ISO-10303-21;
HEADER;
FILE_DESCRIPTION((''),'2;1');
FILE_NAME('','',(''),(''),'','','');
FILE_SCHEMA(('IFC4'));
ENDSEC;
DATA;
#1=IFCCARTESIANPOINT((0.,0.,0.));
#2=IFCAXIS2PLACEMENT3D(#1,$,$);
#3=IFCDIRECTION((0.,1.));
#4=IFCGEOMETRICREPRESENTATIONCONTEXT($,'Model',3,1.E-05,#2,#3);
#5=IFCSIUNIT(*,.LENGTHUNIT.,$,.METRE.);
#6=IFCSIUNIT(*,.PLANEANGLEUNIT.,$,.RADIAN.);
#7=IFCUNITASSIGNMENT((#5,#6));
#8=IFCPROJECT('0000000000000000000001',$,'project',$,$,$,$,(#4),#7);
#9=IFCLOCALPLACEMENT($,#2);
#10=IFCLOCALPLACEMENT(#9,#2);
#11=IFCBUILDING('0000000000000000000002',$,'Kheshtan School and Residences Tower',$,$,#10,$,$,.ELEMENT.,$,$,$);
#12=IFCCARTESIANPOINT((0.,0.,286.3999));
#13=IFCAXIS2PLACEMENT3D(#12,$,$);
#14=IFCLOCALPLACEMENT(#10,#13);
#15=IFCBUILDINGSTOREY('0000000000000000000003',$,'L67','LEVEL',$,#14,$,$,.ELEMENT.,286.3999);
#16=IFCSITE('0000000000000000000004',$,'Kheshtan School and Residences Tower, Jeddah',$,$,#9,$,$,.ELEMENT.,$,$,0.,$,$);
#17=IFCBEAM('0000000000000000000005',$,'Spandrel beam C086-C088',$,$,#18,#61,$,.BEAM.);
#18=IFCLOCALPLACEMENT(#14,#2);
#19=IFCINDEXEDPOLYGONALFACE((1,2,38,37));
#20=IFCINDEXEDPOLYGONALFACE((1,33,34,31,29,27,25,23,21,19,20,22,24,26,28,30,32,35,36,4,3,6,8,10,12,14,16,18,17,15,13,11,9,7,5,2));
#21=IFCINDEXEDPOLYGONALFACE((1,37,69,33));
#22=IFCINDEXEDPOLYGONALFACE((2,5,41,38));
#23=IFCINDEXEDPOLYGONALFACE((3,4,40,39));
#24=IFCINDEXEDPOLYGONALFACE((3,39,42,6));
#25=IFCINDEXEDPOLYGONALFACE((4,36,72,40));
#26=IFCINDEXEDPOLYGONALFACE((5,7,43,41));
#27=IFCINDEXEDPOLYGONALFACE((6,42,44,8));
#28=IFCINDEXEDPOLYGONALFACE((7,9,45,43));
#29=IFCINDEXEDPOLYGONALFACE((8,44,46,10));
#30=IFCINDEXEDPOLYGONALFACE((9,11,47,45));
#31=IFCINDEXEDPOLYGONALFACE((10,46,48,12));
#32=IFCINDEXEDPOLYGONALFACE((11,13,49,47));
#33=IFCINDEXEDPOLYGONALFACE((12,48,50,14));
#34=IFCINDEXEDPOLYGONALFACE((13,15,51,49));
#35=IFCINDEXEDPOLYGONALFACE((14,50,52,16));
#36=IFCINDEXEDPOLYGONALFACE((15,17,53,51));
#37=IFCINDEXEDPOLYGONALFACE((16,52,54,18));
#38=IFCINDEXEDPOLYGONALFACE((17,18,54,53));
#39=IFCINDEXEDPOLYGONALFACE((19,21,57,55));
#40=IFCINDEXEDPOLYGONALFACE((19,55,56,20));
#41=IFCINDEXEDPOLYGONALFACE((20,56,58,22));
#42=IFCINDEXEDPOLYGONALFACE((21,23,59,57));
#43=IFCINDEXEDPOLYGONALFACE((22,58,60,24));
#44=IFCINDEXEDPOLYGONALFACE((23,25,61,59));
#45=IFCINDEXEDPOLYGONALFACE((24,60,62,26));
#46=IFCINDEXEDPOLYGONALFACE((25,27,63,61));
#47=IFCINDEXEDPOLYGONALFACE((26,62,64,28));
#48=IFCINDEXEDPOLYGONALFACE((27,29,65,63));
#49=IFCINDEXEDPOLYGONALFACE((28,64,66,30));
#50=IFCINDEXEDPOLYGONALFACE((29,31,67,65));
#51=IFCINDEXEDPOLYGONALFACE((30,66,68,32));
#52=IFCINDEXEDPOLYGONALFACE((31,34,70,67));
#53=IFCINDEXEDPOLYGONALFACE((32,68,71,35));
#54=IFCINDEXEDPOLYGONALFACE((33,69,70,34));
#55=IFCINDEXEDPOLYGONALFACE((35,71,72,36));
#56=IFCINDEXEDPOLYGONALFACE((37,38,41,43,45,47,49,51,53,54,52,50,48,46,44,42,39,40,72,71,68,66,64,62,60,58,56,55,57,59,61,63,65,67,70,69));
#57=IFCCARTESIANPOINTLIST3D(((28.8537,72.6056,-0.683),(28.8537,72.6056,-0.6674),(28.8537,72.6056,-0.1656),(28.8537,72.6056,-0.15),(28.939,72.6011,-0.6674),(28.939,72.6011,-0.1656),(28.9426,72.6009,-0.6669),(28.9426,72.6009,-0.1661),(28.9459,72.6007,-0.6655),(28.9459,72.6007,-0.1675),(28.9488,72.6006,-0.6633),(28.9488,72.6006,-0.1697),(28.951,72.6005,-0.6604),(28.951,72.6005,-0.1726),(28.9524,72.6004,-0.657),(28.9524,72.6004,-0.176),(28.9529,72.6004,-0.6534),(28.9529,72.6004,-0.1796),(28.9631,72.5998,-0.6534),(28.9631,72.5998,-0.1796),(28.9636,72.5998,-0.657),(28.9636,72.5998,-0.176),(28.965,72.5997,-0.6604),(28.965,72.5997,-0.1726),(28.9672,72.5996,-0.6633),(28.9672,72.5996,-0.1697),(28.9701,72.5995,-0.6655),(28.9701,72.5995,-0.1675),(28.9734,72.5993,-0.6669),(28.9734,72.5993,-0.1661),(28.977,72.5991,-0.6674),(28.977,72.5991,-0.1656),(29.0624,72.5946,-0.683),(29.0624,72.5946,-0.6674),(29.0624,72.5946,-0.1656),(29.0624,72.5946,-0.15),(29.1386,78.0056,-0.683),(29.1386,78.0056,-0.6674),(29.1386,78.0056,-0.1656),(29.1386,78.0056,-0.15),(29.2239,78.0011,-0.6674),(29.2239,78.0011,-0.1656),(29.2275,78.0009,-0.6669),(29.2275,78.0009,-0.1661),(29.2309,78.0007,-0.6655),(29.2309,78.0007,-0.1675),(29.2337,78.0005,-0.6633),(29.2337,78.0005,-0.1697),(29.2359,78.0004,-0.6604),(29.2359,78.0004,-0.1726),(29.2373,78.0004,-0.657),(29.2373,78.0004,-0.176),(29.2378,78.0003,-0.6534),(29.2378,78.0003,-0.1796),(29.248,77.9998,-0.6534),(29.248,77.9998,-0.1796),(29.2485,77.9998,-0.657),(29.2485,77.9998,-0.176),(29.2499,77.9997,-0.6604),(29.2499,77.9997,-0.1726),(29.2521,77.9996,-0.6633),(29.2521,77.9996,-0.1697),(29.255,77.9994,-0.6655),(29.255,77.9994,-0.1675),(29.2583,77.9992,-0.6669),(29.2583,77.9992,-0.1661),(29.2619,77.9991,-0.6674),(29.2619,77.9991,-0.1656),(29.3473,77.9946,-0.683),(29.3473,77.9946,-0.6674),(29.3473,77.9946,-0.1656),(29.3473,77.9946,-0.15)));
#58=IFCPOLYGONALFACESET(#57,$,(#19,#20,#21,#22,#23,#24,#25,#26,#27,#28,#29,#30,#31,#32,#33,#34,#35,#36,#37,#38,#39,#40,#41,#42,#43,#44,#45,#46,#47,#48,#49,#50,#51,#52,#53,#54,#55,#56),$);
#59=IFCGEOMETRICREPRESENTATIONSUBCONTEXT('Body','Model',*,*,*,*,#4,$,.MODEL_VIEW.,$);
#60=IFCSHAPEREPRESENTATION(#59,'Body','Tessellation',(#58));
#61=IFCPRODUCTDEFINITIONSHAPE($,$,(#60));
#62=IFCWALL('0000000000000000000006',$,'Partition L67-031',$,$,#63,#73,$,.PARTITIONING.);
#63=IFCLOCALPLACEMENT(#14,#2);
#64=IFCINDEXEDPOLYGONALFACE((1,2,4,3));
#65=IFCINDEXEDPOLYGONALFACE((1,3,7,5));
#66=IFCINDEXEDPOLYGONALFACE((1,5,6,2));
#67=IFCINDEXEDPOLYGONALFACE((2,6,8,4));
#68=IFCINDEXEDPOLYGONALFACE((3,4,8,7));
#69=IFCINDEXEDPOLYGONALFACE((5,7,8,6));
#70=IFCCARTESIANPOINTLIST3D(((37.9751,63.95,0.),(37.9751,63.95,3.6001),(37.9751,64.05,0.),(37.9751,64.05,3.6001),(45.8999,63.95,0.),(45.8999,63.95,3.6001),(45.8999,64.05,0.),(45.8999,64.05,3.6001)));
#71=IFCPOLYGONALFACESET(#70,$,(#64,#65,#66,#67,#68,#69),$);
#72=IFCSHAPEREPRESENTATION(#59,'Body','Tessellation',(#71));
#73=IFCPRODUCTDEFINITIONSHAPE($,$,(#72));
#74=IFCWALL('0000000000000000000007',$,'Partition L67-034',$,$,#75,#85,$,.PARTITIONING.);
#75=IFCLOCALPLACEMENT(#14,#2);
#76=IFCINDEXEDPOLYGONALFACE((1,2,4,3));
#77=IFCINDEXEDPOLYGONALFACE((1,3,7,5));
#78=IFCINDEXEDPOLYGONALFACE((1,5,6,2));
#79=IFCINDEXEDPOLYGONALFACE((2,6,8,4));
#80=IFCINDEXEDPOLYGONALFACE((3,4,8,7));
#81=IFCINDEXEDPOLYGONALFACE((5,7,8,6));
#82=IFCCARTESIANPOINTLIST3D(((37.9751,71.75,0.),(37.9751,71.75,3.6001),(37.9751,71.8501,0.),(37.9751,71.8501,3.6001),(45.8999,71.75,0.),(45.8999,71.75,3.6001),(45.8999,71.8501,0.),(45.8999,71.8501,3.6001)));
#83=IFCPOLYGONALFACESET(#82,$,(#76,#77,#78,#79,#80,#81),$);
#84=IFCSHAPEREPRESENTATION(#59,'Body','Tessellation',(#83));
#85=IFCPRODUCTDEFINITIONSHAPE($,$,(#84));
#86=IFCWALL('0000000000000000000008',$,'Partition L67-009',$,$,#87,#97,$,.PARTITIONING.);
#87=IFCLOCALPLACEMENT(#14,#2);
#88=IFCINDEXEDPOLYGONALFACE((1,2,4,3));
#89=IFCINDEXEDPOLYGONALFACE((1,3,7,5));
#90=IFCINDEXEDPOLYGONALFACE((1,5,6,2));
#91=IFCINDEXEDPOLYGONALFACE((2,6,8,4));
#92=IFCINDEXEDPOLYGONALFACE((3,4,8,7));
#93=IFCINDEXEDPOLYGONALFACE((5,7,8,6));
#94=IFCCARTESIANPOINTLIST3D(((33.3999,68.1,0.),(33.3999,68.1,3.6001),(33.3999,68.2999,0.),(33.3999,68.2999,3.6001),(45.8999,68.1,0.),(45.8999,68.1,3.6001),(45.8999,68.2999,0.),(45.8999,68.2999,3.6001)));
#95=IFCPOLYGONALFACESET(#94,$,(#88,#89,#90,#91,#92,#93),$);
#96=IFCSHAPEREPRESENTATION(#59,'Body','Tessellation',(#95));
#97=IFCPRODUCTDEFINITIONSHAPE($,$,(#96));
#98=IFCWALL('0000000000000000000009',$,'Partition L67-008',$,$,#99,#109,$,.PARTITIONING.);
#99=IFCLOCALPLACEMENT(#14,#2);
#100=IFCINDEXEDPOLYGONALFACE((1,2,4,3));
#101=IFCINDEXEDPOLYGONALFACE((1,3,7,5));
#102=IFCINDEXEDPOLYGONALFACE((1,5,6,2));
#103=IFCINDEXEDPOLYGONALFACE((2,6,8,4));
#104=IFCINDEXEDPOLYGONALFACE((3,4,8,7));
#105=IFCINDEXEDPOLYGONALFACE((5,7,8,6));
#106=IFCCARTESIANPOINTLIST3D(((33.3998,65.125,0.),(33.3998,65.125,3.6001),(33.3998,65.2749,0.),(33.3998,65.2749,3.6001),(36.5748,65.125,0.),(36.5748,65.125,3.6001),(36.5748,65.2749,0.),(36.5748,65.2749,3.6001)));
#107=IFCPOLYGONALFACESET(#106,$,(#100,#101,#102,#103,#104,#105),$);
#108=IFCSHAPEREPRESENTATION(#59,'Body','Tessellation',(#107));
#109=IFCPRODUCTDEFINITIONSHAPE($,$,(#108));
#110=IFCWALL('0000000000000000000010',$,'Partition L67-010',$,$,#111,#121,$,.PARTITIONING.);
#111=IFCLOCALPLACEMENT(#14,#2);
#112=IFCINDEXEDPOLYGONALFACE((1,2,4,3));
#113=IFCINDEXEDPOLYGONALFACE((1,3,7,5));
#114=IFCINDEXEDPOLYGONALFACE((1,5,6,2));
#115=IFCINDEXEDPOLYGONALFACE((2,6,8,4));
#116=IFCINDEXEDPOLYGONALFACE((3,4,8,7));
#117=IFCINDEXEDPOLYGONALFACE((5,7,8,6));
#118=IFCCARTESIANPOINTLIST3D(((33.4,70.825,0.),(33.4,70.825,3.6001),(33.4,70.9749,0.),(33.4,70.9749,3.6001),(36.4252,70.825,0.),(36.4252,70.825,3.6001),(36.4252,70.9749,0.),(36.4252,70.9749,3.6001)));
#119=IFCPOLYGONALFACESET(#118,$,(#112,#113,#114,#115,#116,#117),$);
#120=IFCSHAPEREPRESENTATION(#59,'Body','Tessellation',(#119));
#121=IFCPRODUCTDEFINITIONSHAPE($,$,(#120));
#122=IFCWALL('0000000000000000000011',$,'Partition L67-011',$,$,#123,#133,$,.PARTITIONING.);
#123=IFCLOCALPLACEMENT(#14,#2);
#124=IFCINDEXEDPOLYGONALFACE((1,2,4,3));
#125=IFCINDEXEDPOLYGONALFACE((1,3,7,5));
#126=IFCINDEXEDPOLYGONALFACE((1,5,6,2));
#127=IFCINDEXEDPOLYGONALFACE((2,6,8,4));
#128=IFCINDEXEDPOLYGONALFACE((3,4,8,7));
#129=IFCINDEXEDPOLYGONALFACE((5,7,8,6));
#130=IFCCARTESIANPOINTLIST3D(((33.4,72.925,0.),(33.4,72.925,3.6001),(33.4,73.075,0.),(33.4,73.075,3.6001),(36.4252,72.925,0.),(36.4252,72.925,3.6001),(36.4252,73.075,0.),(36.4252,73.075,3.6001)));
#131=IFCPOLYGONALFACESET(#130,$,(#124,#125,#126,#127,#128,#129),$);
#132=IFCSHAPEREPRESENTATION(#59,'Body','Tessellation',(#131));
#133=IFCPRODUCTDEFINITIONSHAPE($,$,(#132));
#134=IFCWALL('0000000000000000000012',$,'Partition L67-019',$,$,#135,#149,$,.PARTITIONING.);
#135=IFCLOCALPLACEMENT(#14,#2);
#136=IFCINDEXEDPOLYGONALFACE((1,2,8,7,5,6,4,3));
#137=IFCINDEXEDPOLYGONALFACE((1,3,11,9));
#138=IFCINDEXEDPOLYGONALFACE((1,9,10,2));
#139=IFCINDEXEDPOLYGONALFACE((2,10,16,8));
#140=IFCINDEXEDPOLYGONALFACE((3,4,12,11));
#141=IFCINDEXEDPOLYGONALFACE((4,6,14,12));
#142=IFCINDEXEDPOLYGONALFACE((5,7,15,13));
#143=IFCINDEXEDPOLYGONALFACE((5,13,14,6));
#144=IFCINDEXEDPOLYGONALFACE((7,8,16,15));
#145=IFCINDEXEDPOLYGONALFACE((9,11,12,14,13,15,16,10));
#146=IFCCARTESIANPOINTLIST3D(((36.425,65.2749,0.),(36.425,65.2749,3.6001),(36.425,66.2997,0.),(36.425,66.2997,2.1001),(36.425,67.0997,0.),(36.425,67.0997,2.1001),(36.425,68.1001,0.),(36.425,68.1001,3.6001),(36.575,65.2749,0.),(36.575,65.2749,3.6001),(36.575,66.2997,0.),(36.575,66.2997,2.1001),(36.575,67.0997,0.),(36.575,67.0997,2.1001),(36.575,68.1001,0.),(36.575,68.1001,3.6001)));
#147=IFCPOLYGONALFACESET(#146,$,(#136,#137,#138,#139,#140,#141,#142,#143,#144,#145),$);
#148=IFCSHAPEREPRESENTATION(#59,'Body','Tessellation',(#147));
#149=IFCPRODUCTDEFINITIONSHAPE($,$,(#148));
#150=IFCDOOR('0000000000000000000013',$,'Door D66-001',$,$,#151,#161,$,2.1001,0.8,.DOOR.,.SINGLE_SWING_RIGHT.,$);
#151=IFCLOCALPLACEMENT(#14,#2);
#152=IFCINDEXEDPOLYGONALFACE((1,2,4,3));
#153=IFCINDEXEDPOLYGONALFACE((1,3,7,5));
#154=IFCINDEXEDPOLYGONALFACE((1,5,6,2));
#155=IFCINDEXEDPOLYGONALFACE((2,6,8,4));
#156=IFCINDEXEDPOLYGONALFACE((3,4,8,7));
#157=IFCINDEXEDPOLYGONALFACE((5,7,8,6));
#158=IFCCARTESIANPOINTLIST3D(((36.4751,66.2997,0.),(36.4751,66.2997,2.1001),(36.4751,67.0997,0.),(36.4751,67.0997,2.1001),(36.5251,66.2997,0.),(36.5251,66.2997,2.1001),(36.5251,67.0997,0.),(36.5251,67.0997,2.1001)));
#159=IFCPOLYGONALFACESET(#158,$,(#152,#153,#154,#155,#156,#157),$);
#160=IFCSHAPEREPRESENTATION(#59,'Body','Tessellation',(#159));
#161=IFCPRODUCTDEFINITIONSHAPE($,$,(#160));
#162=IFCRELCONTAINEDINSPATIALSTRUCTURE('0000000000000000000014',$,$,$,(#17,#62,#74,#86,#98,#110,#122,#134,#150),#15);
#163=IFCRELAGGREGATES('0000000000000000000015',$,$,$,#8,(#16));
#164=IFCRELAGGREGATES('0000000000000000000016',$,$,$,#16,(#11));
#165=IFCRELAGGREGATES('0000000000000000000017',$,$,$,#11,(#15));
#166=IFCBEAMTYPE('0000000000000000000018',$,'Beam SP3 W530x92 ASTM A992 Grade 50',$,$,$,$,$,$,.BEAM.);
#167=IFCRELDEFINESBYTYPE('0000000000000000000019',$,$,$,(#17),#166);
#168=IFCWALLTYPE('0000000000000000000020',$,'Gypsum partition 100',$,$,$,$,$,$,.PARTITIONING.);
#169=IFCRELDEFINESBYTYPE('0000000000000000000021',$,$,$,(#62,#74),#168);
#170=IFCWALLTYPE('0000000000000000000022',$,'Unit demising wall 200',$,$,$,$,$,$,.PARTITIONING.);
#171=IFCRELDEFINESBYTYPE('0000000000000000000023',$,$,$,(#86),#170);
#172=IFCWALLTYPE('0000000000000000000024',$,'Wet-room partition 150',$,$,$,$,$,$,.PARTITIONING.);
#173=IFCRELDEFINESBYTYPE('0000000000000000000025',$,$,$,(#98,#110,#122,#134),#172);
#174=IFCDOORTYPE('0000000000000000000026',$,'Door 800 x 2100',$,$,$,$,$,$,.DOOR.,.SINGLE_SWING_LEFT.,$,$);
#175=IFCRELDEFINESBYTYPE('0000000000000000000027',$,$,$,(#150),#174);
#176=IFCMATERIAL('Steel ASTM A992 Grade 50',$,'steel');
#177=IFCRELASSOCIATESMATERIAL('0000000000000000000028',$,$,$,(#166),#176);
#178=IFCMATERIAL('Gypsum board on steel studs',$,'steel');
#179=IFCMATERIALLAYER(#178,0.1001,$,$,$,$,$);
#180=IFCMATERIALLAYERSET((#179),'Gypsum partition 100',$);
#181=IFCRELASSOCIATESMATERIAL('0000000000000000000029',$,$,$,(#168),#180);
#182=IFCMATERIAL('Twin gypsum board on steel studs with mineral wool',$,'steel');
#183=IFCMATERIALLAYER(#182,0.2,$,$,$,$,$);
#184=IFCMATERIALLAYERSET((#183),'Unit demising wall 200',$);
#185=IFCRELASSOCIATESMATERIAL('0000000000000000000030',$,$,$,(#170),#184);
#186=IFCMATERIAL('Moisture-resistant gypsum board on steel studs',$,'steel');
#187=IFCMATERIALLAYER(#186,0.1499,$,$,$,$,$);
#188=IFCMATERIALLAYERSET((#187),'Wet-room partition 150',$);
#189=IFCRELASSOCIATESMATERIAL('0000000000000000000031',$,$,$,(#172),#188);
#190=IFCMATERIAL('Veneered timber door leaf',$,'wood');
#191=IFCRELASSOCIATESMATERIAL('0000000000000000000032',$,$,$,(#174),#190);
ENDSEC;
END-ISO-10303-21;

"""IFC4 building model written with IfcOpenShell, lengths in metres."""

from ifc_helpers import new_model, si_unit, direction, frame, frame_2d, origin, origin_2d, place, context, subcontext, project, spatial, rectangle, i_section, extrude, source, transform, mapped, material, layer, layer_set, material_profile, profile_set, type_object, element, fill, save


model = new_model("IFC4")

# Units and contexts
model_context = context("Model", 3, precision=1e-05, world=origin(), true_north=direction((0.0, 1.0)))
body_context = subcontext(model_context, "Body", "Model", "MODEL_VIEW")
ifc_project = project(units=[si_unit("LENGTHUNIT", "METRE"), si_unit("PLANEANGLEUNIT", "RADIAN")], contexts=[model_context])

# Site, building, storey
site_placement = place(None, origin())
site = spatial("IfcSite", under=ifc_project, at=site_placement, Name="Kheshtan School and Residences Tower, Jeddah", CompositionType="ELEMENT", RefElevation=0.0)
building_placement = place(site_placement, origin())
building = spatial("IfcBuilding", under=site, at=building_placement, Name="Kheshtan School and Residences Tower", CompositionType="ELEMENT")
storey_placement = place(building_placement, frame((0.0, 0.0, 286.3999)))
storey = spatial("IfcBuildingStorey", under=building, at=storey_placement, Name="L67", Description="LEVEL", CompositionType="ELEMENT", Elevation=286.3999)

# Shared definitions
ifc_material_1 = material(Name="Steel ASTM A992 Grade 50", Category="steel")

# Beam
ifc_material_profile_1 = material_profile(ifc_material_1, i_section(OverallWidth=0.209, OverallDepth=0.533, WebThickness=0.0103, FlangeThickness=0.0156, FilletRadius=0.0139, at=origin_2d()), Name="W530x92")
ifc_profile_set_1 = profile_set([ifc_material_profile_1], Name="Steel ASTM A992 Grade 50")
beam_type_1 = type_object("IfcBeamType", Name="Beam SP3 W530x92 ASTM A992 Grade 50", PredefinedType="BEAM", material=ifc_profile_set_1)
beam_1_placement = place(storey_placement, frame((28.958, 72.6001, -0.4165), z_axis=(0.052689, 0.998611, 0.0), x_axis=(-0.998611, 0.052689, 0.0)))
element("IfcBeam", 1, at=beam_1_placement, inside=storey, type_object=beam_type_1, Name="Spandrel beam C086-C088", PredefinedType="BEAM", context=body_context, shape_type="SweptSolid", body=[
    extrude(i_section(OverallWidth=0.209, OverallDepth=0.533, WebThickness=0.0103, FlangeThickness=0.0156, FilletRadius=0.0139, at=origin_2d()), origin(), (0.0, 0.0, 1.0), 5.4075),
])

# Walls
ifc_material_2 = material(Name="Gypsum board on steel studs", Category="steel")
ifc_layer_1 = layer(ifc_material_2, 0.1001)
ifc_layer_set_1 = layer_set([ifc_layer_1], Name="Gypsum partition 100")
wall_type_1 = type_object("IfcWallType", Name="Gypsum partition 100", PredefinedType="PARTITIONING", material=ifc_layer_set_1)
for number, where, z_axis, x_axis, name in (
    (2, (37.9751, 64.0, 0.0), (0.0, 0.0, 1.0), (1.0, 0.0, 0.0), "Partition L67-031"),
    (3, (37.9751, 71.8, 0.0), (0.0, 0.0, 1.0), (1.0, 0.0, 0.0), "Partition L67-034"),
):
    element("IfcWall", number, at=place(storey_placement, frame(where, z_axis=z_axis, x_axis=x_axis)), inside=storey, type_object=wall_type_1, Name=name, PredefinedType="PARTITIONING", context=body_context, shape_type="SweptSolid", body=[
        extrude(rectangle(XDim=7.9248, YDim=0.1001, at=frame_2d((3.9624, 0.0))), origin(), (0.0, 0.0, 1.0), 3.6001),
    ])
ifc_material_3 = material(Name="Twin gypsum board on steel studs with mineral wool", Category="steel")
ifc_layer_2 = layer(ifc_material_3, 0.2)
ifc_layer_set_2 = layer_set([ifc_layer_2], Name="Unit demising wall 200")
wall_type_2 = type_object("IfcWallType", Name="Unit demising wall 200", PredefinedType="PARTITIONING", material=ifc_layer_set_2)
wall_1_placement = place(storey_placement, frame((33.3999, 68.2, 0.0), z_axis=(0.0, 0.0, 1.0), x_axis=(1.0, 0.0, 0.0)))
element("IfcWall", 4, at=wall_1_placement, inside=storey, type_object=wall_type_2, Name="Partition L67-009", PredefinedType="PARTITIONING", context=body_context, shape_type="SweptSolid", body=[
    extrude(rectangle(XDim=12.5, YDim=0.2, at=frame_2d((6.25, 0.0))), origin(), (0.0, 0.0, 1.0), 3.6001),
])
ifc_material_4 = material(Name="Moisture-resistant gypsum board on steel studs", Category="steel")
ifc_layer_3 = layer(ifc_material_4, 0.1499)
ifc_layer_set_3 = layer_set([ifc_layer_3], Name="Wet-room partition 150")
wall_type_3 = type_object("IfcWallType", Name="Wet-room partition 150", PredefinedType="PARTITIONING", material=ifc_layer_set_3)
wall_2_placement = place(storey_placement, frame((33.3999, 65.2, 0.0), z_axis=(0.0, 0.0, 1.0), x_axis=(1.0, 0.0, 0.0)))
element("IfcWall", 5, at=wall_2_placement, inside=storey, type_object=wall_type_3, Name="Partition L67-008", PredefinedType="PARTITIONING", context=body_context, shape_type="SweptSolid", body=[
    extrude(rectangle(XDim=3.175, YDim=0.1499, at=frame_2d((1.5874, 0.0))), origin(), (0.0, 0.0, 1.0), 3.6001),
])
for number, where, z_axis, x_axis, name in (
    (6, (33.3999, 70.8999, 0.0), (0.0, 0.0, 1.0), (1.0, 0.0, 0.0), "Partition L67-010"),
    (7, (33.3999, 73.0, 0.0), (0.0, 0.0, 1.0), (1.0, 0.0, 0.0), "Partition L67-011"),
):
    element("IfcWall", number, at=place(storey_placement, frame(where, z_axis=z_axis, x_axis=x_axis)), inside=storey, type_object=wall_type_3, Name=name, PredefinedType="PARTITIONING", context=body_context, shape_type="SweptSolid", body=[
        extrude(rectangle(XDim=3.0251, YDim=0.1499, at=frame_2d((1.5127, 0.0))), origin(), (0.0, 0.0, 1.0), 3.6001),
    ])

# Wall, opening, door
wall_3_placement = place(storey_placement, frame((36.5, 65.2749, 0.0), z_axis=(0.0, 0.0, 1.0), x_axis=(0.0, 1.0, 0.0)))
wall_3 = element("IfcWall", 8, at=wall_3_placement, inside=storey, type_object=wall_type_3, Name="Partition L67-019", PredefinedType="PARTITIONING", context=body_context, shape_type="SweptSolid", body=[
    extrude(rectangle(XDim=2.8252, YDim=0.1499, at=frame_2d((1.4126, 0.0))), origin(), (0.0, 0.0, 1.0), 3.6001),
])
opening_1_placement = place(wall_3_placement, frame((1.0249, 0.0, 0.0)))
opening_1 = element("IfcOpeningElement", 9, at=opening_1_placement, cuts=wall_3, PredefinedType="OPENING", context=body_context, shape_type="SweptSolid", body=[
    extrude(rectangle(XDim=0.8, YDim=2.1001, at=frame_2d((0.3999, 1.05))), frame((0.0, 0.085, 0.0), z_axis=(0.0, -1.0, 0.0), x_axis=(1.0, 0.0, 0.0)), (0.0, 0.0, 1.0), 0.1699),
])
ifc_material_5 = material(Name="Veneered timber door leaf", Category="wood")
door_type_1 = type_object("IfcDoorType", Name="Door 800 x 2100", OperationType="SINGLE_SWING_LEFT", PredefinedType="DOOR", material=ifc_material_5)
shared_shape_1 = source(origin(), body_context, "Body", "SweptSolid", [
    extrude(rectangle(XDim=0.8, YDim=2.1001, at=frame_2d((0.3999, 1.05))), frame((0.0, 0.0249, 0.0), z_axis=(0.0, -1.0, 0.0), x_axis=(1.0, 0.0, 0.0)), (0.0, 0.0, 1.0), 0.05),
])
door_1_placement = place(opening_1_placement, origin())
door_1 = element("IfcDoor", 10, at=door_1_placement, inside=storey, type_object=door_type_1, Name="Door D66-001", OperationType="SINGLE_SWING_RIGHT", OverallHeight=2.1001, OverallWidth=0.8, PredefinedType="DOOR", context=body_context, shape_type="MappedRepresentation", body=[
    mapped(shared_shape_1, transform((0.0, 0.0, 0.0), x_axis=(1.0, 0.0, 0.0), y_axis=(0.0, 1.0, 0.0), z_axis=(0.0, 0.0, 1.0), scale=1.0)),
])
fill(opening_1, door_1)

save(model, "model.ifc")
